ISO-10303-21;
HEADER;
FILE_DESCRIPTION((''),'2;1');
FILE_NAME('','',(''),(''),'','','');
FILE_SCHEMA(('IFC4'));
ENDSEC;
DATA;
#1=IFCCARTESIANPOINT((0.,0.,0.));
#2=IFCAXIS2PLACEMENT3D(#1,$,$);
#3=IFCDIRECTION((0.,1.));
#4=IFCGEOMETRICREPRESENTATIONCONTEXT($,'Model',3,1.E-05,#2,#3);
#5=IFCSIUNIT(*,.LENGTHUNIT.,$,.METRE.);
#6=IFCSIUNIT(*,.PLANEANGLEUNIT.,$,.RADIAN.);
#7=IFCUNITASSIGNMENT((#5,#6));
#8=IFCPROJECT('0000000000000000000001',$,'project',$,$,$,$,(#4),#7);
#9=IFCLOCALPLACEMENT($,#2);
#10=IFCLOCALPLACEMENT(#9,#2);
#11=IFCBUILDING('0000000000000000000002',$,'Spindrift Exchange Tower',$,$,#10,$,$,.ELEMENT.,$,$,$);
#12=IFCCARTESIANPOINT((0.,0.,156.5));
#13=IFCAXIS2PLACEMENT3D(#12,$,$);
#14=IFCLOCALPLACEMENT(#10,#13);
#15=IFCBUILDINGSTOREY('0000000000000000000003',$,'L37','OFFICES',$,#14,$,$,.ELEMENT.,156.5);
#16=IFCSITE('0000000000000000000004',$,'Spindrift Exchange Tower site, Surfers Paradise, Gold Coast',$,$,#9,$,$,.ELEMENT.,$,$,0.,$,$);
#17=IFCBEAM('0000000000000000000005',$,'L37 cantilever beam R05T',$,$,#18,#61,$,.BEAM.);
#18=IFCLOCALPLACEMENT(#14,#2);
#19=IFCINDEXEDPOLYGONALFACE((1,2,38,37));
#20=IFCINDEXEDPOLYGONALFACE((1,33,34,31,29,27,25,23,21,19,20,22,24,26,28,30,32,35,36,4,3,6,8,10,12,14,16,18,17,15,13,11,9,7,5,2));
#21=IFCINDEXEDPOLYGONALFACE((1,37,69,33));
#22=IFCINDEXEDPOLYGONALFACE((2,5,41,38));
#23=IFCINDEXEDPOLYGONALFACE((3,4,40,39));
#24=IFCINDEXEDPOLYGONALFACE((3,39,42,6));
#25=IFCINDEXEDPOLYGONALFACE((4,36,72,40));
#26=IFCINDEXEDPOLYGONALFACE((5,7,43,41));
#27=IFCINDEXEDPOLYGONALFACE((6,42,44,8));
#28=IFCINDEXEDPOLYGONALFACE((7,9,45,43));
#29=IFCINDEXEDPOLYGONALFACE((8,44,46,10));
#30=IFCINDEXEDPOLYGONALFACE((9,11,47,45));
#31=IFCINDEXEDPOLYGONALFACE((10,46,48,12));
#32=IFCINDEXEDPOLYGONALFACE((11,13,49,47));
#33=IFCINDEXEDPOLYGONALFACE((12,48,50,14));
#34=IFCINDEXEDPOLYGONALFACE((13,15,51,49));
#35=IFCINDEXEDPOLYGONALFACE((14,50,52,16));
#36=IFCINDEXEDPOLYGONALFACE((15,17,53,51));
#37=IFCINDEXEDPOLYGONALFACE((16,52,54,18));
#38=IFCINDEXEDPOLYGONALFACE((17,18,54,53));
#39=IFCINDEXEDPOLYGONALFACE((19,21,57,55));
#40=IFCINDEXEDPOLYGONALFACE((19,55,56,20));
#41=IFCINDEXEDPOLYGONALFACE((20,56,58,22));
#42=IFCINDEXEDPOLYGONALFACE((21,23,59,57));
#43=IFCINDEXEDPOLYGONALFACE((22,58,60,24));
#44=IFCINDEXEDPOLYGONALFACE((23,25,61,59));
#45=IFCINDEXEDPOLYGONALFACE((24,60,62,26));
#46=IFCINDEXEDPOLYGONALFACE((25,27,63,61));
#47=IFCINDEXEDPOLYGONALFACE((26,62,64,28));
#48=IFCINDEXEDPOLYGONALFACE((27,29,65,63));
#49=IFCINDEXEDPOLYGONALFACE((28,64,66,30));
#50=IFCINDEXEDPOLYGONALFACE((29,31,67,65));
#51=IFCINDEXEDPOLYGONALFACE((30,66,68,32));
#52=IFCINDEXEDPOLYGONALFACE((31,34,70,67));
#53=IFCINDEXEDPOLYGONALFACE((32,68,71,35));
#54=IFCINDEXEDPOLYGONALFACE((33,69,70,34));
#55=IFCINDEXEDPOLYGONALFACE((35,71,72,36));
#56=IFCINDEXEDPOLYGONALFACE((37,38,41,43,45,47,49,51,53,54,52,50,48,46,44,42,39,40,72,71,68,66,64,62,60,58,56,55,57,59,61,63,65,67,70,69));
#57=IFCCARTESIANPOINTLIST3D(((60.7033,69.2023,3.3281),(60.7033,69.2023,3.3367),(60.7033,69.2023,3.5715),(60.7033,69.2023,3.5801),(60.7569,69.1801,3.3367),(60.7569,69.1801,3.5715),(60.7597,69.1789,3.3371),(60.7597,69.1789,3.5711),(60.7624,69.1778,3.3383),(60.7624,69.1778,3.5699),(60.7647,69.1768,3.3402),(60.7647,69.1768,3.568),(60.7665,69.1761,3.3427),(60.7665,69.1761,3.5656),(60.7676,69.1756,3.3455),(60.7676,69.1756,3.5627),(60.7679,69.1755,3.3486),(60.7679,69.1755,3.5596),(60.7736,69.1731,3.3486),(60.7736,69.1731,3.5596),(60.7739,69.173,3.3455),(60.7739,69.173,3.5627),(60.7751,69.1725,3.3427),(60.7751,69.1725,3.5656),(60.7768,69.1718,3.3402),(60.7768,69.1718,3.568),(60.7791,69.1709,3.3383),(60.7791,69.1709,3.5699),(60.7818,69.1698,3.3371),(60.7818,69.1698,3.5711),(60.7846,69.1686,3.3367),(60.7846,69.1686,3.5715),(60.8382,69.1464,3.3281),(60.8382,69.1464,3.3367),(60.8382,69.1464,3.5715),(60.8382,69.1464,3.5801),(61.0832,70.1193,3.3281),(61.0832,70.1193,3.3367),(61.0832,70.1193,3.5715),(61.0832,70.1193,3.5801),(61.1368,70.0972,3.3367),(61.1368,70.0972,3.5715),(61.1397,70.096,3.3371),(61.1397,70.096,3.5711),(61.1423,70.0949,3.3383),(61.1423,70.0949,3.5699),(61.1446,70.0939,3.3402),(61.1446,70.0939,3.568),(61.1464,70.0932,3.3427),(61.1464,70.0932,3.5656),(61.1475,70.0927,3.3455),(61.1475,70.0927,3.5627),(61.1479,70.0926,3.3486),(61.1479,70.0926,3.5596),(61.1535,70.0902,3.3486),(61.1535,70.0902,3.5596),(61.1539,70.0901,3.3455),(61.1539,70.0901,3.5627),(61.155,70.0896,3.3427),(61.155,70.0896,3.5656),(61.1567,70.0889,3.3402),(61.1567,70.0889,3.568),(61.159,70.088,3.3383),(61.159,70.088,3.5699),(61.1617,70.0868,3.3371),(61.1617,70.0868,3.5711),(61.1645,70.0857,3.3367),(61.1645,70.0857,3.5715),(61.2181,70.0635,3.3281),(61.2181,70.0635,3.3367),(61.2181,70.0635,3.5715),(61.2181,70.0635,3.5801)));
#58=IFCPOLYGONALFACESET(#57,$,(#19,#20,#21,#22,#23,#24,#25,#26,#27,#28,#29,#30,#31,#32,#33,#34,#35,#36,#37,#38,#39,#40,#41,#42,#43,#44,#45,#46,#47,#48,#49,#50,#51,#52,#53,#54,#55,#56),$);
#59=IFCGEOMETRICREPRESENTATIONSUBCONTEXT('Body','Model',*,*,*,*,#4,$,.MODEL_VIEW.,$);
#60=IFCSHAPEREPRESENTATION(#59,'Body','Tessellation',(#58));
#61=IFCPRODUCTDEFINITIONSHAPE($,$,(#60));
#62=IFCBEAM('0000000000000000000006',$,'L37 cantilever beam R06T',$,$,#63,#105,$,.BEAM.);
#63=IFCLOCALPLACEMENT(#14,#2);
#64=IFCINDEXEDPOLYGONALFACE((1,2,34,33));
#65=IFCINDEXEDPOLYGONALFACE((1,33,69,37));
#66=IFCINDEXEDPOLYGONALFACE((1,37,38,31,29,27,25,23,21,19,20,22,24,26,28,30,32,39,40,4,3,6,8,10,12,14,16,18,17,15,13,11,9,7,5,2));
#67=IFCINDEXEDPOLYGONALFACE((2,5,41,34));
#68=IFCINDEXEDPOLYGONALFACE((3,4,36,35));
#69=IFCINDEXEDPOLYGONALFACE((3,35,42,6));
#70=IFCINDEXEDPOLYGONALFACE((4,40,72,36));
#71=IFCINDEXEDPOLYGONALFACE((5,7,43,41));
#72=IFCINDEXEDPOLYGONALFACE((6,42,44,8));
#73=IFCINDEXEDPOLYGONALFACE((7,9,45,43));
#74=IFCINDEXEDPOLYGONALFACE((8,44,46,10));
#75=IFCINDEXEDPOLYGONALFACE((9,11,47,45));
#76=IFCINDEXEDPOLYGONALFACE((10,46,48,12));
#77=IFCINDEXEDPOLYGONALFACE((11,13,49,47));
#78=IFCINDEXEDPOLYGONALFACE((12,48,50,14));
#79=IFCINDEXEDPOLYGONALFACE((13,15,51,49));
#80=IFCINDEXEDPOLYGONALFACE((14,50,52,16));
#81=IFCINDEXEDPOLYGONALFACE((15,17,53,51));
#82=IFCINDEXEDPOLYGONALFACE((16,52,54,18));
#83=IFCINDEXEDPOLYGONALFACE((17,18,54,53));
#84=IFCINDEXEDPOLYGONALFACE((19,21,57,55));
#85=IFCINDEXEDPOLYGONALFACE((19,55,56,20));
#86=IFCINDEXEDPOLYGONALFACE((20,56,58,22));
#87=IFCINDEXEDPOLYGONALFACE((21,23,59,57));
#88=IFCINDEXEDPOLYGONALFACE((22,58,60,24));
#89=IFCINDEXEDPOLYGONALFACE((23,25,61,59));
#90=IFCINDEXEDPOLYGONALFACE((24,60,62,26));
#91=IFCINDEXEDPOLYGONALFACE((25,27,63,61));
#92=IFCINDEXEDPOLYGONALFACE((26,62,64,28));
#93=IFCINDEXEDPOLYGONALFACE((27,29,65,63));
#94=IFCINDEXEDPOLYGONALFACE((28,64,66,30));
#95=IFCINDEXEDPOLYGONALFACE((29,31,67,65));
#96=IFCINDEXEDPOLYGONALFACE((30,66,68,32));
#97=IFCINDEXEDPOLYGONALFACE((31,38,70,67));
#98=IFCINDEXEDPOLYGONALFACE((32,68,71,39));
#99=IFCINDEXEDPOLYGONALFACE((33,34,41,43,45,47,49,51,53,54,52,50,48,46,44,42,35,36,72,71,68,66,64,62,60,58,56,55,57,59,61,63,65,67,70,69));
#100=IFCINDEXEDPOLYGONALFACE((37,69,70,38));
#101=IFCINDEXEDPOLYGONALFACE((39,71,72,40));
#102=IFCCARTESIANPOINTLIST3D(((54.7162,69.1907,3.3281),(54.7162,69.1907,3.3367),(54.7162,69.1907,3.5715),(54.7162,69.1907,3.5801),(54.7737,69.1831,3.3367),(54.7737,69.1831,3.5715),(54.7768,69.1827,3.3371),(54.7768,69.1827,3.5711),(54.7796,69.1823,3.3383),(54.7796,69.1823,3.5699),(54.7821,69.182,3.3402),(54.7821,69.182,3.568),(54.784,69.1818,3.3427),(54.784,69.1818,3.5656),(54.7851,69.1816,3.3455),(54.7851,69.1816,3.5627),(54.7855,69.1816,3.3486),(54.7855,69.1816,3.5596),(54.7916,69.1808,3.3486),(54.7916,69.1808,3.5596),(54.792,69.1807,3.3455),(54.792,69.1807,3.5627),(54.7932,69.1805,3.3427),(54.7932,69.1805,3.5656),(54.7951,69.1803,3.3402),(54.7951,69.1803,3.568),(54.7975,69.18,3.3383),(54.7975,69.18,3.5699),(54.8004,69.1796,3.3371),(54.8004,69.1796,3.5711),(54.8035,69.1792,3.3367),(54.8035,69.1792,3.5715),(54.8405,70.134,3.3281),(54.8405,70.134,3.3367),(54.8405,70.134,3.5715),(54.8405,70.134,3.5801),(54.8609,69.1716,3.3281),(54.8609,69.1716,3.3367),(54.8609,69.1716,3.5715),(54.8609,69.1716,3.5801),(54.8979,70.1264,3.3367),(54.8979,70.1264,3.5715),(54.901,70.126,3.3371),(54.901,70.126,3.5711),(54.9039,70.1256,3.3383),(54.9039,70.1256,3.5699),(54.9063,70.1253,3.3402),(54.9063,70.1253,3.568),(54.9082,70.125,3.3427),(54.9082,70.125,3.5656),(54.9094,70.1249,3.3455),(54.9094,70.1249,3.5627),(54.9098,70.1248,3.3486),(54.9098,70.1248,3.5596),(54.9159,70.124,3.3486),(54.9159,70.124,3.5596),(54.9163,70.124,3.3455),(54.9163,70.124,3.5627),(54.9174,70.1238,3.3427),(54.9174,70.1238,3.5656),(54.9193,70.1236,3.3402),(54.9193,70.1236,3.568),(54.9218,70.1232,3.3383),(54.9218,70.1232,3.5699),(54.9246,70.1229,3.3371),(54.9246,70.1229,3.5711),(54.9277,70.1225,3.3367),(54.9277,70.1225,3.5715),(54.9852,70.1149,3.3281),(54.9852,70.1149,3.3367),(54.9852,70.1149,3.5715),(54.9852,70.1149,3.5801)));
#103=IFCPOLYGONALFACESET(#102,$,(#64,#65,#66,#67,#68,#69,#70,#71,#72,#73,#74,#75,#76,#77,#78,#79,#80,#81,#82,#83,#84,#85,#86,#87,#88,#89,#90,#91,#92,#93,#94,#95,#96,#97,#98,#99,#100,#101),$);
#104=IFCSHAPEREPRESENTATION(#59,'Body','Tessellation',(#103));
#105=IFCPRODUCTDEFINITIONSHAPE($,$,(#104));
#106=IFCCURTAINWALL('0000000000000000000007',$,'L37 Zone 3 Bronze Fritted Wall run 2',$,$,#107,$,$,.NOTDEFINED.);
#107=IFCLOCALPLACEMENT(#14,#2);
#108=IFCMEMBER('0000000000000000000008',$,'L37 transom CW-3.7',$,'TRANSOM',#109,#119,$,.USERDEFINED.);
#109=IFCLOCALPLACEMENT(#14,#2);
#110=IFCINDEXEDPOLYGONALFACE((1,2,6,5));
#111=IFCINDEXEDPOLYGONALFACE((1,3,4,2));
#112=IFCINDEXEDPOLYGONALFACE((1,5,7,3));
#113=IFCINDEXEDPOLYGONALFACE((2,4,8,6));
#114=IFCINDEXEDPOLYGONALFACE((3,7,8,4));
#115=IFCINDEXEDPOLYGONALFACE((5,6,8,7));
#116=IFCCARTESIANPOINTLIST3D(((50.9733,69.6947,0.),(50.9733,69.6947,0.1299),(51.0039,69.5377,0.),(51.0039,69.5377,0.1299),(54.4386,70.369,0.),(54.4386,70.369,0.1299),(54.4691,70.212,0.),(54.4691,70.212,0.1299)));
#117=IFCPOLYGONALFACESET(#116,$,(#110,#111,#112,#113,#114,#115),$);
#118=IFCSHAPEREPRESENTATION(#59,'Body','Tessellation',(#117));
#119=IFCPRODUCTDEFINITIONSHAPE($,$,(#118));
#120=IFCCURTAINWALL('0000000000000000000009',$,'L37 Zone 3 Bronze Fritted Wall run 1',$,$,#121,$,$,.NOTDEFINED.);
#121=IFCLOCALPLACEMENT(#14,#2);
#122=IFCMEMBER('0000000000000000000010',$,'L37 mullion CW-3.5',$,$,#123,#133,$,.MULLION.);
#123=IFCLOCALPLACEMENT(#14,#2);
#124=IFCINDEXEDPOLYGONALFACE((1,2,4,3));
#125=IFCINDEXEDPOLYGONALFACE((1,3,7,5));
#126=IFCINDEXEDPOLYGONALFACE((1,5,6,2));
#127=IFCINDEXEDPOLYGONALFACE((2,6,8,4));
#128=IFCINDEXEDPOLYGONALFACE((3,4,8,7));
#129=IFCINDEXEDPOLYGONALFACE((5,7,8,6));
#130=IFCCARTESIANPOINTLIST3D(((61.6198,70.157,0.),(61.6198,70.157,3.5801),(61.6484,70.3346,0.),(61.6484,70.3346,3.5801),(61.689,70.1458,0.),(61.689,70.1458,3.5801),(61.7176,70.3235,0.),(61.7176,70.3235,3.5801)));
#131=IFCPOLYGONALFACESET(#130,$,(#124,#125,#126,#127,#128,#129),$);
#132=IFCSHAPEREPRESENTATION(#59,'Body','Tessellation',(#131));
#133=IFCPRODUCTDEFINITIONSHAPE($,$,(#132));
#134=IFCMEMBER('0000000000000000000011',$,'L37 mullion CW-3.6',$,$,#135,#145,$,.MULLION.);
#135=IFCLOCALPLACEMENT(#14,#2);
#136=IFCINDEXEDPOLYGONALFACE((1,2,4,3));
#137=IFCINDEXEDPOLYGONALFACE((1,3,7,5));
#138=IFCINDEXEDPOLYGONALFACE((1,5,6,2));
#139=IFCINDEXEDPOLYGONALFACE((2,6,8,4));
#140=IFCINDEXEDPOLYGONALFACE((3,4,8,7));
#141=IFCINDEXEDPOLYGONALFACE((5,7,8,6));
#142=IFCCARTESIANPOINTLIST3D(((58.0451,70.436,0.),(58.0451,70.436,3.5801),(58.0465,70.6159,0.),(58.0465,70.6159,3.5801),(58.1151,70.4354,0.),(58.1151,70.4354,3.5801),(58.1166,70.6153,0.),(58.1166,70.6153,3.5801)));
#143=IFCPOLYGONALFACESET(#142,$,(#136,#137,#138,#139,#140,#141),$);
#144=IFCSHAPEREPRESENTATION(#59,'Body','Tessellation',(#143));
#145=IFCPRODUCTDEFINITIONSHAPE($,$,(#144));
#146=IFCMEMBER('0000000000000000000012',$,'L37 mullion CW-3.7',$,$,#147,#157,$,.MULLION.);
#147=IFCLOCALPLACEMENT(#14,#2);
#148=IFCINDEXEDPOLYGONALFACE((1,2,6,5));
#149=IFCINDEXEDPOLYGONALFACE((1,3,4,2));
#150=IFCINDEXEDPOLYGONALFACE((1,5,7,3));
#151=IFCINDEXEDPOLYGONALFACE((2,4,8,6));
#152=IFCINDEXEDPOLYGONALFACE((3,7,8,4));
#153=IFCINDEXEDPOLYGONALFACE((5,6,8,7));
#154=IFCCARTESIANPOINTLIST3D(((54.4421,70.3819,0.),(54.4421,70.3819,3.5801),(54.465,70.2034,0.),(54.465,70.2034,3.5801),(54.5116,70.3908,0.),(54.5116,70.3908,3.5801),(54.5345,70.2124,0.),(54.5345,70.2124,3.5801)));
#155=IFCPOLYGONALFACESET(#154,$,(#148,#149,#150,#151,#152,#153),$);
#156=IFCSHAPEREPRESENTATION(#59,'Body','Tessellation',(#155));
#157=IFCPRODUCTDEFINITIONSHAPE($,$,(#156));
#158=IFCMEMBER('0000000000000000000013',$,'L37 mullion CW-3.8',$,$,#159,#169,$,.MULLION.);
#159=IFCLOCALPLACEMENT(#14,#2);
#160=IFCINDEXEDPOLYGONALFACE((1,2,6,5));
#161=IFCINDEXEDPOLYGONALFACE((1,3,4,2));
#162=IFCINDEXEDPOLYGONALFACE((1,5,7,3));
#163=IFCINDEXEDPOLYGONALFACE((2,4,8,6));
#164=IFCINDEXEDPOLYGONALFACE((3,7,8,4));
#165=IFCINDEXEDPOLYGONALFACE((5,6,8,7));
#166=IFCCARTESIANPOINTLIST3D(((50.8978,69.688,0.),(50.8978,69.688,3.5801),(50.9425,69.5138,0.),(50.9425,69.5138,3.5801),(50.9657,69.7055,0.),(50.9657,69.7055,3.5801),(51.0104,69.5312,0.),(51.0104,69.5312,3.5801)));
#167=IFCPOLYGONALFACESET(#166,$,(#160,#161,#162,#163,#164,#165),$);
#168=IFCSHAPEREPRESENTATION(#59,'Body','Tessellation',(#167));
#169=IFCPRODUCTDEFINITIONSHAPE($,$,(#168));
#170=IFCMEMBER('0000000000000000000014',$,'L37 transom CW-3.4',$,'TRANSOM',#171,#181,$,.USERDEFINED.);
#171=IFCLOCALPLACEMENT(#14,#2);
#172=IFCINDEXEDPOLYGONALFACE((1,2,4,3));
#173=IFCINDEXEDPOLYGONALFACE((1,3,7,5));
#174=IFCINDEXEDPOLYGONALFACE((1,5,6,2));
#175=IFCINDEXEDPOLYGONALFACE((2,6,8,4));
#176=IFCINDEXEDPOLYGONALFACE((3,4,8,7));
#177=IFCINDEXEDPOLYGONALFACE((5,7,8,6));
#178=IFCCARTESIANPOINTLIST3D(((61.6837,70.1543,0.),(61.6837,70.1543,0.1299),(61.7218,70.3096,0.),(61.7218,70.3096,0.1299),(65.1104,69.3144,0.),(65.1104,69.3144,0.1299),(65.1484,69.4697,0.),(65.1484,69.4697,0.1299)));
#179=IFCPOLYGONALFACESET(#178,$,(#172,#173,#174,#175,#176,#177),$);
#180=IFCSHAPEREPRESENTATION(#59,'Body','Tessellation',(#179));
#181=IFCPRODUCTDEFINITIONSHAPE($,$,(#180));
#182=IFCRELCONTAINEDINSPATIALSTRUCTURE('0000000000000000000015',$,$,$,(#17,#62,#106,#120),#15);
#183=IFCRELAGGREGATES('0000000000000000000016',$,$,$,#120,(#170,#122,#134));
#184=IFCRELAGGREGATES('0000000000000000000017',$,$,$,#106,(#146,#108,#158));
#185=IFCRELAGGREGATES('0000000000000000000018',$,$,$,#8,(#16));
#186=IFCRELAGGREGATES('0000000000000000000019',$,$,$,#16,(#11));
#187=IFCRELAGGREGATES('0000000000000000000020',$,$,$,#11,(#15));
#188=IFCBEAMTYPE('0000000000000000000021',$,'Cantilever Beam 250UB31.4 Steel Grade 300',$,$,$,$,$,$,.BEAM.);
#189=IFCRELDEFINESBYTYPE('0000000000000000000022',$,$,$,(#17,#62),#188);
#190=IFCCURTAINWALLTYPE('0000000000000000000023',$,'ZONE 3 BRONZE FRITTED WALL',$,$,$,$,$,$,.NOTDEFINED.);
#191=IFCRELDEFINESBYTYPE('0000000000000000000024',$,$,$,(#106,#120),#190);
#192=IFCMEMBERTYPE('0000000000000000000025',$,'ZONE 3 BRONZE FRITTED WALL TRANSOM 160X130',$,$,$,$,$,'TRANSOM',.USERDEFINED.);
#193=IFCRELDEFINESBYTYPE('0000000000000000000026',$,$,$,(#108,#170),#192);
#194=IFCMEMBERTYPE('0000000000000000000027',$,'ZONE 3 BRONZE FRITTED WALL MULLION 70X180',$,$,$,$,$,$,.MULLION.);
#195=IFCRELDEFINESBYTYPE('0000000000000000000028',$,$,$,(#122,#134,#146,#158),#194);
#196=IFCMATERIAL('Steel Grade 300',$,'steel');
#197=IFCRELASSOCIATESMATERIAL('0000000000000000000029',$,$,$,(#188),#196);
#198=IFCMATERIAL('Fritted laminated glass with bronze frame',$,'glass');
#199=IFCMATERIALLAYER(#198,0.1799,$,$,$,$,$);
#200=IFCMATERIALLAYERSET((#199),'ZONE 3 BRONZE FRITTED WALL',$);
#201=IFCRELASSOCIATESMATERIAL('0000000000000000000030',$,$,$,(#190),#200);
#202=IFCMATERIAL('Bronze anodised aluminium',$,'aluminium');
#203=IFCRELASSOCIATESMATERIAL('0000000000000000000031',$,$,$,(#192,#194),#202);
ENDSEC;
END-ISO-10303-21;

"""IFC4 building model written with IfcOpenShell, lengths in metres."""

from ifc_helpers import new_model, si_unit, direction, frame, origin, origin_2d, place, context, subcontext, project, spatial, rectangle, i_section, extrude, source, transform, mapped, material, layer, layer_set, material_profile, profile_set, type_object, element, aggregate, save


model = new_model("IFC4")

# Units and contexts
model_context = context("Model", 3, precision=1e-05, world=origin(), true_north=direction((0.0, 1.0)))
body_context = subcontext(model_context, "Body", "Model", "MODEL_VIEW")
ifc_project = project(units=[si_unit("LENGTHUNIT", "METRE"), si_unit("PLANEANGLEUNIT", "RADIAN")], contexts=[model_context])

# Site, building, storey
site_placement = place(None, origin())
site = spatial("IfcSite", under=ifc_project, at=site_placement, Name="Spindrift Exchange Tower site, Surfers Paradise, Gold Coast", CompositionType="ELEMENT", RefElevation=0.0)
building_placement = place(site_placement, origin())
building = spatial("IfcBuilding", under=site, at=building_placement, Name="Spindrift Exchange Tower", CompositionType="ELEMENT")
storey_placement = place(building_placement, frame((0.0, 0.0, 156.5)))
storey = spatial("IfcBuildingStorey", under=building, at=storey_placement, Name="L37", Description="OFFICES", CompositionType="ELEMENT", Elevation=156.5)

# Beams
ifc_material_1 = material(Name="Steel Grade 300", Category="steel")
ifc_material_profile_1 = material_profile(ifc_material_1, i_section(OverallWidth=0.146, OverallDepth=0.252, WebThickness=0.0061, FlangeThickness=0.0085, FilletRadius=0.012, at=origin_2d()), Name="250UB31.4")
ifc_profile_set_1 = profile_set([ifc_material_profile_1], Name="Steel Grade 300")
beam_type_1 = type_object("IfcBeamType", Name="Cantilever Beam 250UB31.4 Steel Grade 300", PredefinedType="BEAM", material=ifc_profile_set_1)
shared_shape_1 = source(origin(), body_context, "Body", "SweptSolid", [
    extrude(i_section(OverallWidth=0.146, OverallDepth=0.252, WebThickness=0.0061, FlangeThickness=0.0085, FilletRadius=0.012, at=origin_2d()), origin(), (0.0, 0.0, 1.0), 0.9927),
])
beam_1_placement = place(storey_placement, frame((60.7708, 69.1743, 3.4541), z_axis=(0.382728, 0.923861, 0.0), x_axis=(-0.923861, 0.382728, 0.0)))
element("IfcBeam", 1, at=beam_1_placement, inside=storey, type_object=beam_type_1, Name="L37 cantilever beam R05T", PredefinedType="BEAM", context=body_context, shape_type="MappedRepresentation", body=[
    mapped(shared_shape_1, transform((0.0, 0.0, 0.0), scale=1.0)),
])
shared_shape_2 = source(origin(), body_context, "Body", "SweptSolid", [
    extrude(i_section(OverallWidth=0.146, OverallDepth=0.252, WebThickness=0.0061, FlangeThickness=0.0085, FilletRadius=0.012, at=origin_2d()), origin(), (0.0, 0.0, 1.0), 0.9514),
])
beam_2_placement = place(storey_placement, frame((54.7886, 69.1812, 3.4541), z_axis=(0.130601, 0.991435, 0.0), x_axis=(-0.991435, 0.130601, 0.0)))
element("IfcBeam", 2, at=beam_2_placement, inside=storey, type_object=beam_type_1, Name="L37 cantilever beam R06T", PredefinedType="BEAM", context=body_context, shape_type="MappedRepresentation", body=[
    mapped(shared_shape_2, transform((0.0, 0.0, 0.0), scale=1.0)),
])

# Curtain wall, member
ifc_material_2 = material(Name="Fritted laminated glass with bronze frame", Category="glass")
ifc_layer_1 = layer(ifc_material_2, 0.1799)
ifc_layer_set_1 = layer_set([ifc_layer_1], Name="ZONE 3 BRONZE FRITTED WALL")
curtain_wall_type = type_object("IfcCurtainWallType", Name="ZONE 3 BRONZE FRITTED WALL", PredefinedType="NOTDEFINED", material=ifc_layer_set_1)
curtain_wall_1_placement = place(storey_placement, origin())
curtain_wall_1 = element("IfcCurtainWall", 3, at=curtain_wall_1_placement, inside=storey, type_object=curtain_wall_type, Name="L37 Zone 3 Bronze Fritted Wall run 2", PredefinedType="NOTDEFINED")
ifc_material_3 = material(Name="Bronze anodised aluminium", Category="aluminium")
ifc_material_profile_2 = material_profile(ifc_material_3, rectangle(XDim=0.1599, YDim=0.1299, at=origin_2d()), Name="ZONE 3 BRONZE FRITTED WALL TRANSOM 160X130")
ifc_profile_set_2 = profile_set([ifc_material_profile_2], Name="Bronze anodised aluminium")
member_type_1 = type_object("IfcMemberType", Name="ZONE 3 BRONZE FRITTED WALL TRANSOM 160X130", ElementType="TRANSOM", PredefinedType="USERDEFINED", material=ifc_profile_set_2)
shared_shape_3 = source(origin(), body_context, "Body", "SweptSolid", [
    extrude(rectangle(XDim=0.1599, YDim=0.1299, at=origin_2d()), origin(), (0.0, 0.0, 1.0), 3.5303),
])
member_1_placement = place(storey_placement, frame((54.4539, 70.2905, 0.0649), z_axis=(-0.981589, -0.191007, 0.0), x_axis=(0.191007, -0.981589, 0.0)))
member_1 = element("IfcMember", 4, at=member_1_placement, type_object=member_type_1, Name="L37 transom CW-3.7", ObjectType="TRANSOM", PredefinedType="USERDEFINED", context=body_context, shape_type="MappedRepresentation", body=[
    mapped(shared_shape_3, transform((0.0, 0.0, 0.0), scale=1.0)),
])

# Curtain wall, members
curtain_wall_2_placement = place(storey_placement, origin())
curtain_wall_2 = element("IfcCurtainWall", 5, at=curtain_wall_2_placement, inside=storey, type_object=curtain_wall_type, Name="L37 Zone 3 Bronze Fritted Wall run 1", PredefinedType="NOTDEFINED")
ifc_material_profile_3 = material_profile(ifc_material_3, rectangle(XDim=0.0701, YDim=0.1799, at=origin_2d()), Name="ZONE 3 BRONZE FRITTED WALL MULLION 70X180")
ifc_profile_set_3 = profile_set([ifc_material_profile_3], Name="Bronze anodised aluminium")
member_type_2 = type_object("IfcMemberType", Name="ZONE 3 BRONZE FRITTED WALL MULLION 70X180", PredefinedType="MULLION", material=ifc_profile_set_3)
shared_shape_4 = source(origin(), body_context, "Body", "SweptSolid", [
    extrude(rectangle(XDim=0.0701, YDim=0.1799, at=origin_2d()), origin(), (0.0, 0.0, 1.0), 3.5801),
])
member_2_placement = place(storey_placement, frame((61.6687, 70.2402, 0.0), z_axis=(0.0, 0.0, 1.0), x_axis=(-0.987249, 0.159184, 0.0)))
member_2 = element("IfcMember", 6, at=member_2_placement, type_object=member_type_2, Name="L37 mullion CW-3.5", PredefinedType="MULLION", context=body_context, shape_type="MappedRepresentation", body=[
    mapped(shared_shape_4, transform((0.0, 0.0, 0.0), scale=1.0)),
])
member_3_placement = place(storey_placement, frame((58.0808, 70.5256, 0.0), z_axis=(0.0, 0.0, 1.0), x_axis=(-0.999968, 0.007945, 0.0)))
member_3 = element("IfcMember", 7, at=member_3_placement, type_object=member_type_2, Name="L37 mullion CW-3.6", PredefinedType="MULLION", context=body_context, shape_type="MappedRepresentation", body=[
    mapped(shared_shape_4, transform((0.0, 0.0, 0.0), scale=1.0)),
])

# Members
member_4_placement = place(storey_placement, frame((54.4883, 70.2971, 0.0), z_axis=(0.0, 0.0, 1.0), x_axis=(-0.991839, -0.127494, 0.0)))
member_4 = element("IfcMember", 8, at=member_4_placement, type_object=member_type_2, Name="L37 mullion CW-3.7", PredefinedType="MULLION", context=body_context, shape_type="MappedRepresentation", body=[
    mapped(shared_shape_4, transform((0.0, 0.0, 0.0), scale=1.0)),
])
member_5_placement = place(storey_placement, frame((50.9541, 69.6096, 0.0), z_axis=(0.0, 0.0, 1.0), x_axis=(-0.968572, -0.248734, 0.0)))
member_5 = element("IfcMember", 9, at=member_5_placement, type_object=member_type_2, Name="L37 mullion CW-3.8", PredefinedType="MULLION", context=body_context, shape_type="MappedRepresentation", body=[
    mapped(shared_shape_4, transform((0.0, 0.0, 0.0), scale=1.0)),
])
shared_shape_5 = source(origin(), body_context, "Body", "SweptSolid", [
    extrude(rectangle(XDim=0.1599, YDim=0.1299, at=origin_2d()), origin(), (0.0, 0.0, 1.0), 3.5281),
])
member_6_placement = place(storey_placement, frame((65.1294, 69.3921, 0.0649), z_axis=(-0.971256, 0.238039, 0.0), x_axis=(-0.238039, -0.971256, 0.0)))
member_6 = element("IfcMember", 10, at=member_6_placement, type_object=member_type_1, Name="L37 transom CW-3.4", ObjectType="TRANSOM", PredefinedType="USERDEFINED", context=body_context, shape_type="MappedRepresentation", body=[
    mapped(shared_shape_5, transform((0.0, 0.0, 0.0), scale=1.0)),
])

aggregate(curtain_wall_2, [member_6, member_2, member_3])
aggregate(curtain_wall_1, [member_4, member_1, member_5])

save(model, "model.ifc")
